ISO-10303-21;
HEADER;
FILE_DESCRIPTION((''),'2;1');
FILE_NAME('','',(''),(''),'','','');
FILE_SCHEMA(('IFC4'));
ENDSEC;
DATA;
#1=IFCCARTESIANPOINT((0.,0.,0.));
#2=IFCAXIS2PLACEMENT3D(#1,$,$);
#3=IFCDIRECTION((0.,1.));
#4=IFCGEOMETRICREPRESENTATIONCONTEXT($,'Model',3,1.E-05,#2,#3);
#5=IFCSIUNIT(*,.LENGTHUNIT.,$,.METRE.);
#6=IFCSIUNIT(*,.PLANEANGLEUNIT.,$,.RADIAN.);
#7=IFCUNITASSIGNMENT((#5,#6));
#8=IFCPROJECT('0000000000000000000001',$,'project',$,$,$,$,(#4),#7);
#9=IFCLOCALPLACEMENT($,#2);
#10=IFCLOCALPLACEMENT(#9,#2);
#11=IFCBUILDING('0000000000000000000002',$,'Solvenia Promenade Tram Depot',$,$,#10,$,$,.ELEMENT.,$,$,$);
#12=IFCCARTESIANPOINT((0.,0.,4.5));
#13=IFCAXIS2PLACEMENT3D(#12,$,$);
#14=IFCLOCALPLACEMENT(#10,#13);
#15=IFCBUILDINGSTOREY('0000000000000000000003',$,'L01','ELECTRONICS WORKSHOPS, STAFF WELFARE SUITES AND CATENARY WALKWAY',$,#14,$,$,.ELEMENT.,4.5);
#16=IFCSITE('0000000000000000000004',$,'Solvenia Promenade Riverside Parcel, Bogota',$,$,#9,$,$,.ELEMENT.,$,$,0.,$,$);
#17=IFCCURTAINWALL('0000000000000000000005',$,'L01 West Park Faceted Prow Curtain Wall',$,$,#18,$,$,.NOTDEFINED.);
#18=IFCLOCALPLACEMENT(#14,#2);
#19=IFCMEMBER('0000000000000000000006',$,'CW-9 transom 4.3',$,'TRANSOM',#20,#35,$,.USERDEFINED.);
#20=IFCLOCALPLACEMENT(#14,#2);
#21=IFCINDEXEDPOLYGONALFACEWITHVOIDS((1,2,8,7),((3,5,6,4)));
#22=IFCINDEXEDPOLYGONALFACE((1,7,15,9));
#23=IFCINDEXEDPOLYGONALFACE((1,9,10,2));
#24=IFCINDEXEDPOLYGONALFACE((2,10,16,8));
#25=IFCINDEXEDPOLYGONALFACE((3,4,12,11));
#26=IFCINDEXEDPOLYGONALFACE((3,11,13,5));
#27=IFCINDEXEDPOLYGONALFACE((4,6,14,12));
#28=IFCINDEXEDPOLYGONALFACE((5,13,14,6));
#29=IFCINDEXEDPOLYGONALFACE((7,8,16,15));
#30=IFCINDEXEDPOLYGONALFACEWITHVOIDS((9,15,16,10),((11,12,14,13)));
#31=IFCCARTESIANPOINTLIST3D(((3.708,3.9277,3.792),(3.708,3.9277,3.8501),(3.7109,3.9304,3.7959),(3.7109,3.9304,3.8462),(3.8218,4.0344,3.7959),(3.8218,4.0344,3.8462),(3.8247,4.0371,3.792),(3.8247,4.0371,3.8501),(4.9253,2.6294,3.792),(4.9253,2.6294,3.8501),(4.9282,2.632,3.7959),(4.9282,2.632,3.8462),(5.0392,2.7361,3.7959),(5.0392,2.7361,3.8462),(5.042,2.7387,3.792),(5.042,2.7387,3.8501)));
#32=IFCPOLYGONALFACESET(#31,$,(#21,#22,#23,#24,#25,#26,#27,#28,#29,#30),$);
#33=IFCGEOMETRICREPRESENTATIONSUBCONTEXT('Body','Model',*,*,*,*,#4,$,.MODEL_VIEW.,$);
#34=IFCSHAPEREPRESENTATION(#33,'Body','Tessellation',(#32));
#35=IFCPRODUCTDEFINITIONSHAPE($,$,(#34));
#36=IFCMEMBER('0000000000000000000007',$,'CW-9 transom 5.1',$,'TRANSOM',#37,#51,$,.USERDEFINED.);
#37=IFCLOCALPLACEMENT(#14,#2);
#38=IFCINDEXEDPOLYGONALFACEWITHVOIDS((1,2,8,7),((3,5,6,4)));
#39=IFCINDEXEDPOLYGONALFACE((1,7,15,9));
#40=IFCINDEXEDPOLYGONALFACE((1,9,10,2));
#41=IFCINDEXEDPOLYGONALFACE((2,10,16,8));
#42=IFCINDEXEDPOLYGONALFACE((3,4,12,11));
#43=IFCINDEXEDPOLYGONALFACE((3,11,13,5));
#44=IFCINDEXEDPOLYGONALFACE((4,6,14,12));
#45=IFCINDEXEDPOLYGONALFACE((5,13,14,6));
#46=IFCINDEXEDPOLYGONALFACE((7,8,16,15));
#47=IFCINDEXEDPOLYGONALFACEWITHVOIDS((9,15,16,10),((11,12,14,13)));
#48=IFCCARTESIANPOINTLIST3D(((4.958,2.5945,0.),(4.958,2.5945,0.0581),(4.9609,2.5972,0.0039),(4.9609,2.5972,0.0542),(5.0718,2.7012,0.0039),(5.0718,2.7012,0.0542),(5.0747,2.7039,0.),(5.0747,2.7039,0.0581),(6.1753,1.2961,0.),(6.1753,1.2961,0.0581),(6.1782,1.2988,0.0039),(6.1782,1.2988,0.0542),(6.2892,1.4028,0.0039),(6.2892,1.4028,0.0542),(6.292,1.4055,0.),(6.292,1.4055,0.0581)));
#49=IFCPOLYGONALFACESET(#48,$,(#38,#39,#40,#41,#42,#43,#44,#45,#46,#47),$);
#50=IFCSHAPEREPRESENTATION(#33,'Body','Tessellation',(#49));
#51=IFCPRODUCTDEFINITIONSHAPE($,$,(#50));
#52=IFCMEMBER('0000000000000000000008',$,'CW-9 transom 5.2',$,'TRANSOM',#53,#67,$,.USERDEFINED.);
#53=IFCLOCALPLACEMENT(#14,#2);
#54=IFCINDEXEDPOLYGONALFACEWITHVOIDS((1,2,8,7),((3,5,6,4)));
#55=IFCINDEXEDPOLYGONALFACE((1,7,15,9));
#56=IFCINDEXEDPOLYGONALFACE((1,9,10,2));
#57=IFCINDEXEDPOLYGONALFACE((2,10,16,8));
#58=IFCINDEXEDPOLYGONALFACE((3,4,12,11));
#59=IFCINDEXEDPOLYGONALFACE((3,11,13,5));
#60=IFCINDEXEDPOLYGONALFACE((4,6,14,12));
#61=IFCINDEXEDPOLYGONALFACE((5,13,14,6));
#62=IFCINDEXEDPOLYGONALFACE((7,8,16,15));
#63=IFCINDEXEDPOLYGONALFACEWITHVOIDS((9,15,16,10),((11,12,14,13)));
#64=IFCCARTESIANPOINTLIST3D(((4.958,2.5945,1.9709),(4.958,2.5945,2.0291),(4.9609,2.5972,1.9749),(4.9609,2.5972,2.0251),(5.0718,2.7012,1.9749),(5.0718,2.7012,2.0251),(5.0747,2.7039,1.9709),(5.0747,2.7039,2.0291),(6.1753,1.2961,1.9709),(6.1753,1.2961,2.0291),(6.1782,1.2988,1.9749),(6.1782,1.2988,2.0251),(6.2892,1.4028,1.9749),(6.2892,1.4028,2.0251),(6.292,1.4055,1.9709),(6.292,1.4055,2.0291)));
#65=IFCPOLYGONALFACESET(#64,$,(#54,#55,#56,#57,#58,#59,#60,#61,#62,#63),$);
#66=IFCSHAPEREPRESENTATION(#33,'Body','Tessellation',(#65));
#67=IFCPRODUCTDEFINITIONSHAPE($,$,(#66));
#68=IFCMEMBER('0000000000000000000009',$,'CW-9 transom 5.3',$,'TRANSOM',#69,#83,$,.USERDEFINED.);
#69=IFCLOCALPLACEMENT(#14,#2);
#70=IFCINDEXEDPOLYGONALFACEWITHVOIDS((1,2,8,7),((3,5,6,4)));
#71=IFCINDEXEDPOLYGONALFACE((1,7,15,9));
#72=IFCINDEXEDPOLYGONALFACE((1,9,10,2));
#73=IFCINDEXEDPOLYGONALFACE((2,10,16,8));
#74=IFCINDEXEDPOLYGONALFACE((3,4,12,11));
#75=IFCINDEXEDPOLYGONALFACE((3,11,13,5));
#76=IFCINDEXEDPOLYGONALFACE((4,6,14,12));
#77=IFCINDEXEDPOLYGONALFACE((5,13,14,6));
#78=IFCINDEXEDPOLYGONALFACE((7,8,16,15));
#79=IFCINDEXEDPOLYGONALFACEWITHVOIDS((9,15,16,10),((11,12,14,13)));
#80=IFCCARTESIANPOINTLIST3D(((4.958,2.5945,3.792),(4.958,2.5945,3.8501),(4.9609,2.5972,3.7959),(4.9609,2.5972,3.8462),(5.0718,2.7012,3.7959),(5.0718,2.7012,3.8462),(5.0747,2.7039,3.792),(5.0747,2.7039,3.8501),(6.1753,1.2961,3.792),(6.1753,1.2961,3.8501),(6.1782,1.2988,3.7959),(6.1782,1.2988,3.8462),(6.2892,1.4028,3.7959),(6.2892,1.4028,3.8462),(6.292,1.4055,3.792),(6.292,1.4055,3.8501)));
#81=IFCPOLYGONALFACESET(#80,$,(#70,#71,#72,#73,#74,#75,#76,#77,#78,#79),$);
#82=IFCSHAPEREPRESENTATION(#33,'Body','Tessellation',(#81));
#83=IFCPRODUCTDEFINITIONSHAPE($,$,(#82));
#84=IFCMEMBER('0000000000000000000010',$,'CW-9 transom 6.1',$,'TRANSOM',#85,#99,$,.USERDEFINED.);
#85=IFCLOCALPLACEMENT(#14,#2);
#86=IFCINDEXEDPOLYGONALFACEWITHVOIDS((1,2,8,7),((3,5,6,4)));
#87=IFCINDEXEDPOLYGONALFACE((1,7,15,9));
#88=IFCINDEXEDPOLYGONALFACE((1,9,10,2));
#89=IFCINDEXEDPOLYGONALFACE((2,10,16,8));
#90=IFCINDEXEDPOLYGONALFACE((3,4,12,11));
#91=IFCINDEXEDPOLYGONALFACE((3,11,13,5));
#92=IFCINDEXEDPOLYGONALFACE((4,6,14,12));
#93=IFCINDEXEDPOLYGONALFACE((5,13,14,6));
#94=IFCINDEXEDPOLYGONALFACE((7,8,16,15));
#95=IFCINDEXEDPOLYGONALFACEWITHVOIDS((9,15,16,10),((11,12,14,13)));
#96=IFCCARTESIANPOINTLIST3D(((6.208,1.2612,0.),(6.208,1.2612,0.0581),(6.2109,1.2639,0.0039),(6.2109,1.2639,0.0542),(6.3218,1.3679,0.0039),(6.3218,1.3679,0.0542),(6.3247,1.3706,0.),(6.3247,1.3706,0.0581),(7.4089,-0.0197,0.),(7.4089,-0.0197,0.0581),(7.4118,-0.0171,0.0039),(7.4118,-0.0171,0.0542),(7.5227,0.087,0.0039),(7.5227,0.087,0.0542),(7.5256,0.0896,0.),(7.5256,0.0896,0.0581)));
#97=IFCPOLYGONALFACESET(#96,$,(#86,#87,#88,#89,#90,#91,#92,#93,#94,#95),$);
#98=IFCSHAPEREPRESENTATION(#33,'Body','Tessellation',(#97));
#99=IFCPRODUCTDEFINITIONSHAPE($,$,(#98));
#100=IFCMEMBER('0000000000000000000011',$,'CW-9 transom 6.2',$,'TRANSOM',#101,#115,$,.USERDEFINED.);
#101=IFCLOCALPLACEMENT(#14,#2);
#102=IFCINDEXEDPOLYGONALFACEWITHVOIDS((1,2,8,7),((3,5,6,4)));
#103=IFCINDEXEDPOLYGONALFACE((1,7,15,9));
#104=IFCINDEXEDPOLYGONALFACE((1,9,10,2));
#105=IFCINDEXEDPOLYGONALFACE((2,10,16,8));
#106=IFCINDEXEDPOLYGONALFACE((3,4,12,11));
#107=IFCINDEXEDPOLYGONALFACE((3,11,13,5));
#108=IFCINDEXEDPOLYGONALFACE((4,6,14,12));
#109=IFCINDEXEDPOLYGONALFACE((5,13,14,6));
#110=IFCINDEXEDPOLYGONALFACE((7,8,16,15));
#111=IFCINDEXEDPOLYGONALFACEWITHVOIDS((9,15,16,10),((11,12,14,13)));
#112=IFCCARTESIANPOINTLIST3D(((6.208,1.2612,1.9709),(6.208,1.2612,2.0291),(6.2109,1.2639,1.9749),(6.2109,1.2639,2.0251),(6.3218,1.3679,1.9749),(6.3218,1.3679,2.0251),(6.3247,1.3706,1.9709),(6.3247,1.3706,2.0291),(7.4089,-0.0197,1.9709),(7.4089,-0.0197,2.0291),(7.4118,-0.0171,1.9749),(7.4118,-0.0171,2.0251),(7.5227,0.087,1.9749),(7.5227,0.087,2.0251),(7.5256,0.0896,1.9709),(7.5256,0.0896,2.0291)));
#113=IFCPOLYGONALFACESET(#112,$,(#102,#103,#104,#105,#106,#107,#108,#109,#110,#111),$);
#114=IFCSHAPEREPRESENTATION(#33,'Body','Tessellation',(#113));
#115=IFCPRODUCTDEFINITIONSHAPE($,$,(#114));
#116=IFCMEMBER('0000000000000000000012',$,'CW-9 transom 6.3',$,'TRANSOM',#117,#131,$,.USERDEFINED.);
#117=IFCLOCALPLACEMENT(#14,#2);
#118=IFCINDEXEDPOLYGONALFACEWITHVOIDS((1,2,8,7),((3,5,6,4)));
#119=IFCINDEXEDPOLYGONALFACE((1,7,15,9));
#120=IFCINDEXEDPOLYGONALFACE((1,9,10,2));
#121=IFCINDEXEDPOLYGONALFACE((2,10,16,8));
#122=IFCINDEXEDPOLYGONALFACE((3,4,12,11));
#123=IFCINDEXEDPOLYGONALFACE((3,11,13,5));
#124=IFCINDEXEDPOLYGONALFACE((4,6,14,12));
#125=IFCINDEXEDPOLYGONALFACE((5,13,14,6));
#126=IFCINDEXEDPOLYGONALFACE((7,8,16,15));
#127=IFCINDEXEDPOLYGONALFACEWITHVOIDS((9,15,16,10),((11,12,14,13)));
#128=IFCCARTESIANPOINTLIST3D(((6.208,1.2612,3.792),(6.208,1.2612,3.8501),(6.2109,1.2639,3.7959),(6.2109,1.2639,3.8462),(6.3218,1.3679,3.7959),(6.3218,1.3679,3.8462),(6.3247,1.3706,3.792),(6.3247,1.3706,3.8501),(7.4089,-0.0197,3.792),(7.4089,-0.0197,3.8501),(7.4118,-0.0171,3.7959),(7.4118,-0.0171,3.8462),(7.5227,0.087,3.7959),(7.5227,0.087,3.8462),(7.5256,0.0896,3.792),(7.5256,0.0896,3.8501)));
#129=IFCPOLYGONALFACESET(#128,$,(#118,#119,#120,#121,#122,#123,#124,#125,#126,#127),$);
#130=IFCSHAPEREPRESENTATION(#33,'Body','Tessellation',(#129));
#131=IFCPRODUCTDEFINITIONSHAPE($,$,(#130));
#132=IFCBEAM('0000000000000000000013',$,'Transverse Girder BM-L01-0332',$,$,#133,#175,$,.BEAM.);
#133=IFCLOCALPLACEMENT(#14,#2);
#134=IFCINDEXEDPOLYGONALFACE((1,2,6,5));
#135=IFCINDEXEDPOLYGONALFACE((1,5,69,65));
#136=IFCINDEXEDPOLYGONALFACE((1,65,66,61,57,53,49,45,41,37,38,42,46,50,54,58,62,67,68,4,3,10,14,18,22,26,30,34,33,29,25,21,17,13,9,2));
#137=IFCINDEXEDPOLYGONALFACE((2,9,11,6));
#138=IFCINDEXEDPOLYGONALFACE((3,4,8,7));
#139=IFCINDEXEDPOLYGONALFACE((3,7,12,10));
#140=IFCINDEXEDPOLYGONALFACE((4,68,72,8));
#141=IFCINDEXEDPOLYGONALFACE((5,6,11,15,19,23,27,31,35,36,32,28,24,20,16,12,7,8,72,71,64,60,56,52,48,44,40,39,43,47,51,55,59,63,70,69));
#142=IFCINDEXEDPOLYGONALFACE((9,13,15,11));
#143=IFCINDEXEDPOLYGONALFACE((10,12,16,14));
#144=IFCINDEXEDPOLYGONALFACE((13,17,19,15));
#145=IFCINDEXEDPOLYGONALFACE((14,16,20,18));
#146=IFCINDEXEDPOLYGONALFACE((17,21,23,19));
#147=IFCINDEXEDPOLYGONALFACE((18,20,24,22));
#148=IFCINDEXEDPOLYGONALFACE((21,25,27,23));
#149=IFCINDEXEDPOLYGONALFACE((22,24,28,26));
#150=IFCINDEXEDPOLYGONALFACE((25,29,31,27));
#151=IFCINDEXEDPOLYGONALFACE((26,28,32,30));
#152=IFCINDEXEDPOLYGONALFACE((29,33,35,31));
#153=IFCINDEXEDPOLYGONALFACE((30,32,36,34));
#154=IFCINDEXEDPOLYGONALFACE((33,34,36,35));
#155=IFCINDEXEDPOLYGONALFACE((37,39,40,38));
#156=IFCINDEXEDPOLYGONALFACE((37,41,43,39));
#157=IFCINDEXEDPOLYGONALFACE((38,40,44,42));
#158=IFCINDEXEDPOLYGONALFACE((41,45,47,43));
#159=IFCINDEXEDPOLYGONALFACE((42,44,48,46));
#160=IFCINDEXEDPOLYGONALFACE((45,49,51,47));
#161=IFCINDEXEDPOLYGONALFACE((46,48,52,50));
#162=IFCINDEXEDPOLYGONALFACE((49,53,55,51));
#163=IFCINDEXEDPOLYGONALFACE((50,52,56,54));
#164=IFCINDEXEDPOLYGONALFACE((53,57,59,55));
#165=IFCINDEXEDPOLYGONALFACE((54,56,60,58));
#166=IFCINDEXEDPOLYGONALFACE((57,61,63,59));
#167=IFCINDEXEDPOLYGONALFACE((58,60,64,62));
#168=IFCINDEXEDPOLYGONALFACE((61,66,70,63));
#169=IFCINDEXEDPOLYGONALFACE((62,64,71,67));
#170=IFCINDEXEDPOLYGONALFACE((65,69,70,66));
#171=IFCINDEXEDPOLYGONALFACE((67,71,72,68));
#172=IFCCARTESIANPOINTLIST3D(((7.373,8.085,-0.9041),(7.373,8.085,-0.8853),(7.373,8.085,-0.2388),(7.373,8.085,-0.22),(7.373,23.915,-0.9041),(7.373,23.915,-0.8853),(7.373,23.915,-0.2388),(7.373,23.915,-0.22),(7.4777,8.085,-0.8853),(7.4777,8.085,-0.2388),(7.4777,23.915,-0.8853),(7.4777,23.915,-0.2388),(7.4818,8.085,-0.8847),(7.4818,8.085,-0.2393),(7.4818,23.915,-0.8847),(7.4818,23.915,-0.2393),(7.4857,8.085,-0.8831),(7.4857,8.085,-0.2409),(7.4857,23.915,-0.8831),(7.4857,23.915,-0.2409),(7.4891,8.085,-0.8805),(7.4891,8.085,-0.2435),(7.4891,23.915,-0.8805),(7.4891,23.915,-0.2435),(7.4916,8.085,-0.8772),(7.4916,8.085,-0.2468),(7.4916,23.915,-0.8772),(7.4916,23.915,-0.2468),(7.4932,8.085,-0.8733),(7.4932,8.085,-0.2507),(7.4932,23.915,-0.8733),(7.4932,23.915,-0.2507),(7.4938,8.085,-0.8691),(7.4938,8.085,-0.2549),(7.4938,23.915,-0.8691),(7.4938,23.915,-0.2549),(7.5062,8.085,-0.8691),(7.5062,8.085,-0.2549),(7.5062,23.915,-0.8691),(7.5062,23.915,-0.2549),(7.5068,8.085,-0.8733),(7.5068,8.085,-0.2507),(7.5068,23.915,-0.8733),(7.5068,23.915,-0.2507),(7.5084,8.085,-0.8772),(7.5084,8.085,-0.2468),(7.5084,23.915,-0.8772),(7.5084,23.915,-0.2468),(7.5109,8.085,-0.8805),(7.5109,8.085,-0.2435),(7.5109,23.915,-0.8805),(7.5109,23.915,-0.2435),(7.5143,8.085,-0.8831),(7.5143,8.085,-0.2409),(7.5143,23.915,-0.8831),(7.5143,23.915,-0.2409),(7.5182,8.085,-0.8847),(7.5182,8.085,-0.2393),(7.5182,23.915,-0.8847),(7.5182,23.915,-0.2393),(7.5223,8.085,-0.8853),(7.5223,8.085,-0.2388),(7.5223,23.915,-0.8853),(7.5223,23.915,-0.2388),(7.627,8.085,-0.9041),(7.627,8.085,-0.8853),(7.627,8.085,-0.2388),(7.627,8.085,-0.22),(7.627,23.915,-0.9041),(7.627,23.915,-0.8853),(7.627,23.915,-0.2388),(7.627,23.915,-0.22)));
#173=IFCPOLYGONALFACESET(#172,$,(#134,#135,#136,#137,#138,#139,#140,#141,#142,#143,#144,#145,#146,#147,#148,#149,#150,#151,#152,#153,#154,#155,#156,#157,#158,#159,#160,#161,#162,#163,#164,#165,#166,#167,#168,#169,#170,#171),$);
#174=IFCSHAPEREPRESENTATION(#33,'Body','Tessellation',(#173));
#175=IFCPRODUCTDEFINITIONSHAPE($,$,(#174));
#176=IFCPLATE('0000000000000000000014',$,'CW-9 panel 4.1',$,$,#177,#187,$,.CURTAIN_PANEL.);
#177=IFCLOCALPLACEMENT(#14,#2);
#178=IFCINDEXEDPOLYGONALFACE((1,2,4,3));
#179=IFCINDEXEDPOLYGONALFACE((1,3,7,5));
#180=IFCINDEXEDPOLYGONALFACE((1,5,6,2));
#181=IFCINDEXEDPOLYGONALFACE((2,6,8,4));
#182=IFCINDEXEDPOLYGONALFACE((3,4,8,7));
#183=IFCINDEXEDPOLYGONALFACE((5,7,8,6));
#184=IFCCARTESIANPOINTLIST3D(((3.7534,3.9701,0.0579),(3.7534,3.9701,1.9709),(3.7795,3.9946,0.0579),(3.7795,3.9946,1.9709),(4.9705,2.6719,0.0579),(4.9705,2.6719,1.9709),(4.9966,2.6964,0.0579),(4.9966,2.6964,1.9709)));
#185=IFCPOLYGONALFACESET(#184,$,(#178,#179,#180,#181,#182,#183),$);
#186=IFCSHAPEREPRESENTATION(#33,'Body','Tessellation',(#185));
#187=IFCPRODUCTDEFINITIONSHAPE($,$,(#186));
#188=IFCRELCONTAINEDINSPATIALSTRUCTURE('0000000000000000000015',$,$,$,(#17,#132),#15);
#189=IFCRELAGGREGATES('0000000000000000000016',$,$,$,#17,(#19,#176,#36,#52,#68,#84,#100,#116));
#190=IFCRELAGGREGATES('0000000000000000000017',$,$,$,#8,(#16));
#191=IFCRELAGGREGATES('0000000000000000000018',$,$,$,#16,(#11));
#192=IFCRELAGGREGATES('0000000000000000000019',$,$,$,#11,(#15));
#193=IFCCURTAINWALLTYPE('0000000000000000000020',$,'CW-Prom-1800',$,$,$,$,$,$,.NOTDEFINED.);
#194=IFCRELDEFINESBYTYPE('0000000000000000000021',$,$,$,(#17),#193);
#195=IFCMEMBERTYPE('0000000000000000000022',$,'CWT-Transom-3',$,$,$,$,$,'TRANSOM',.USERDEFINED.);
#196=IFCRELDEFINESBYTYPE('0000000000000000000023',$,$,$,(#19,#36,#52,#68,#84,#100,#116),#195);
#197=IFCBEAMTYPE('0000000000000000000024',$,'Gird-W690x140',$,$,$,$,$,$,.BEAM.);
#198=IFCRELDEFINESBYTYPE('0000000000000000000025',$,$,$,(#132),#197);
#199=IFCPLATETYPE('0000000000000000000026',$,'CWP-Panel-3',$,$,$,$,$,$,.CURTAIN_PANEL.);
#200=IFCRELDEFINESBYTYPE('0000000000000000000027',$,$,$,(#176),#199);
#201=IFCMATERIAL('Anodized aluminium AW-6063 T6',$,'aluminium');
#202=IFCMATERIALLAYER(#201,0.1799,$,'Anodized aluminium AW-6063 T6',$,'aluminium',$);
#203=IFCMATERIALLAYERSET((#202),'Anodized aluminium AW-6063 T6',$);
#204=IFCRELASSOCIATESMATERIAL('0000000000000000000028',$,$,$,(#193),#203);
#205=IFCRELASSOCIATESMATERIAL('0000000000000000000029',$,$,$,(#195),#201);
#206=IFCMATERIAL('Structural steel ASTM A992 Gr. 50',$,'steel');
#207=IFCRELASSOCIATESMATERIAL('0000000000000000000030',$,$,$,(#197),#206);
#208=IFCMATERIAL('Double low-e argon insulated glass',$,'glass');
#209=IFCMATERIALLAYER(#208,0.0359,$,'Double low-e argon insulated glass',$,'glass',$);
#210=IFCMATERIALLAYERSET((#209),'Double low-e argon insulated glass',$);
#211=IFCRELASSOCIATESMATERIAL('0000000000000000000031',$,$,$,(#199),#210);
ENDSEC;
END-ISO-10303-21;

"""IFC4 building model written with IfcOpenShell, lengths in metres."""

from ifc_helpers import new_model, si_unit, direction, frame, origin, origin_2d, place, context, subcontext, project, spatial, rectangle, hollow_rectangle, i_section, extrude, material, layer, layer_set, material_profile, profile_set, type_object, element, aggregate, save


model = new_model("IFC4")

# Units and contexts
model_context = context("Model", 3, precision=1e-05, world=origin(), true_north=direction((0.0, 1.0)))
body_context = subcontext(model_context, "Body", "Model", "MODEL_VIEW")
ifc_project = project(units=[si_unit("LENGTHUNIT", "METRE"), si_unit("PLANEANGLEUNIT", "RADIAN")], contexts=[model_context])

# Site, building, storey
site_placement = place(None, origin())
site = spatial("IfcSite", under=ifc_project, at=site_placement, Name="Solvenia Promenade Riverside Parcel, Bogota", CompositionType="ELEMENT", RefElevation=0.0)
building_placement = place(site_placement, origin())
building = spatial("IfcBuilding", under=site, at=building_placement, Name="Solvenia Promenade Tram Depot", CompositionType="ELEMENT")
storey_placement = place(building_placement, frame((0.0, 0.0, 4.5)))
storey = spatial("IfcBuildingStorey", under=building, at=storey_placement, Name="L01", Description="ELECTRONICS WORKSHOPS, STAFF WELFARE SUITES AND CATENARY WALKWAY", CompositionType="ELEMENT", Elevation=4.5)

# Shared definitions
ifc_material_1 = material(Name="Structural steel ASTM A992 Gr. 50", Category="steel")

# Curtain wall, members
ifc_material_2 = material(Name="Anodized aluminium AW-6063 T6", Category="aluminium")
ifc_layer_1 = layer(ifc_material_2, 0.1799, Name="Anodized aluminium AW-6063 T6", Category="aluminium")
ifc_layer_set_1 = layer_set([ifc_layer_1], Name="Anodized aluminium AW-6063 T6")
curtain_wall_type = type_object("IfcCurtainWallType", Name="CW-Prom-1800", PredefinedType="NOTDEFINED", material=ifc_layer_set_1)
curtain_wall_placement = place(storey_placement, origin())
curtain_wall = element("IfcCurtainWall", 1, at=curtain_wall_placement, inside=storey, type_object=curtain_wall_type, Name="L01 West Park Faceted Prow Curtain Wall", PredefinedType="NOTDEFINED")
ifc_material_profile_1 = material_profile(ifc_material_2, hollow_rectangle(XDim=0.1599, YDim=0.0581, WallThickness=0.0039, at=origin_2d()), Name="ALU-T3", Category="aluminium")
ifc_profile_set_1 = profile_set([ifc_material_profile_1], Name="Anodized aluminium AW-6063 T6")
member_type_1 = type_object("IfcMemberType", Name="CWT-Transom-3", ElementType="TRANSOM", PredefinedType="USERDEFINED", material=ifc_profile_set_1)
member_1_placement = place(storey_placement, frame((3.7664, 3.9824, 3.821), z_axis=(0.683969, -0.729512, 0.0), x_axis=(0.729512, 0.683969, 0.0)))
member_1 = element("IfcMember", 2, at=member_1_placement, type_object=member_type_1, Name="CW-9 transom 4.3", ObjectType="TRANSOM", PredefinedType="USERDEFINED", context=body_context, shape_type="SweptSolid", body=[
    extrude(hollow_rectangle(XDim=0.1599, YDim=0.0581, WallThickness=0.0039, at=origin_2d()), origin(), (0.0, 0.0, 1.0), 1.7798),
])
member_2_placement = place(storey_placement, frame((5.0164, 2.6492, 0.0291), z_axis=(0.683969, -0.729512, 0.0), x_axis=(0.729512, 0.683969, 0.0)))
member_2 = element("IfcMember", 3, at=member_2_placement, type_object=member_type_1, Name="CW-9 transom 5.1", ObjectType="TRANSOM", PredefinedType="USERDEFINED", context=body_context, shape_type="SweptSolid", body=[
    extrude(hollow_rectangle(XDim=0.1599, YDim=0.0581, WallThickness=0.0039, at=origin_2d()), origin(), (0.0, 0.0, 1.0), 1.7798),
])
member_3_placement = place(storey_placement, frame((5.0164, 2.6492, 2.0), z_axis=(0.683969, -0.729512, 0.0), x_axis=(0.729512, 0.683969, 0.0)))
member_3 = element("IfcMember", 4, at=member_3_placement, type_object=member_type_1, Name="CW-9 transom 5.2", ObjectType="TRANSOM", PredefinedType="USERDEFINED", context=body_context, shape_type="SweptSolid", body=[
    extrude(hollow_rectangle(XDim=0.1599, YDim=0.0581, WallThickness=0.0039, at=origin_2d()), origin(), (0.0, 0.0, 1.0), 1.7798),
])
member_4_placement = place(storey_placement, frame((5.0164, 2.6492, 3.821), z_axis=(0.683969, -0.729512, 0.0), x_axis=(0.729512, 0.683969, 0.0)))
member_4 = element("IfcMember", 5, at=member_4_placement, type_object=member_type_1, Name="CW-9 transom 5.3", ObjectType="TRANSOM", PredefinedType="USERDEFINED", context=body_context, shape_type="SweptSolid", body=[
    extrude(hollow_rectangle(XDim=0.1599, YDim=0.0581, WallThickness=0.0039, at=origin_2d()), origin(), (0.0, 0.0, 1.0), 1.7798),
])
member_5_placement = place(storey_placement, frame((6.2664, 1.3159, 0.0291), z_axis=(0.683937, -0.729542, 0.0), x_axis=(0.729542, 0.683937, 0.0)))
member_5 = element("IfcMember", 6, at=member_5_placement, type_object=member_type_1, Name="CW-9 transom 6.1", ObjectType="TRANSOM", PredefinedType="USERDEFINED", context=body_context, shape_type="SweptSolid", body=[
    extrude(hollow_rectangle(XDim=0.1599, YDim=0.0581, WallThickness=0.0039, at=origin_2d()), origin(), (0.0, 0.0, 1.0), 1.7559),
])
member_6_placement = place(storey_placement, frame((6.2664, 1.3159, 2.0), z_axis=(0.683937, -0.729542, 0.0), x_axis=(0.729542, 0.683937, 0.0)))
member_6 = element("IfcMember", 7, at=member_6_placement, type_object=member_type_1, Name="CW-9 transom 6.2", ObjectType="TRANSOM", PredefinedType="USERDEFINED", context=body_context, shape_type="SweptSolid", body=[
    extrude(hollow_rectangle(XDim=0.1599, YDim=0.0581, WallThickness=0.0039, at=origin_2d()), origin(), (0.0, 0.0, 1.0), 1.7559),
])
member_7_placement = place(storey_placement, frame((6.2664, 1.3159, 3.821), z_axis=(0.683937, -0.729542, 0.0), x_axis=(0.729542, 0.683937, 0.0)))
member_7 = element("IfcMember", 8, at=member_7_placement, type_object=member_type_1, Name="CW-9 transom 6.3", ObjectType="TRANSOM", PredefinedType="USERDEFINED", context=body_context, shape_type="SweptSolid", body=[
    extrude(hollow_rectangle(XDim=0.1599, YDim=0.0581, WallThickness=0.0039, at=origin_2d()), origin(), (0.0, 0.0, 1.0), 1.7559),
])

# Beam
ifc_material_profile_2 = material_profile(ifc_material_1, i_section(OverallWidth=0.2539, OverallDepth=0.6841, WebThickness=0.0125, FlangeThickness=0.0188, FilletRadius=0.0161, at=origin_2d()), Name="W690x140", Category="steel")
ifc_profile_set_2 = profile_set([ifc_material_profile_2], Name="Structural steel ASTM A992 Gr. 50")
beam_type_1 = type_object("IfcBeamType", Name="Gird-W690x140", PredefinedType="BEAM", material=ifc_profile_set_2)
beam_1_placement = place(storey_placement, frame((7.5, 8.085, -0.562), z_axis=(0.0, 1.0, 0.0), x_axis=(-1.0, 0.0, 0.0)))
element("IfcBeam", 9, at=beam_1_placement, inside=storey, type_object=beam_type_1, Name="Transverse Girder BM-L01-0332", PredefinedType="BEAM", context=body_context, shape_type="SweptSolid", body=[
    extrude(i_section(OverallWidth=0.2539, OverallDepth=0.6841, WebThickness=0.0125, FlangeThickness=0.0188, FilletRadius=0.0161, at=origin_2d()), origin(), (0.0, 0.0, 1.0), 15.8301),
])

# Plate
ifc_material_3 = material(Name="Double low-e argon insulated glass", Category="glass")
ifc_layer_2 = layer(ifc_material_3, 0.0359, Name="Double low-e argon insulated glass", Category="glass")
ifc_layer_set_2 = layer_set([ifc_layer_2], Name="Double low-e argon insulated glass")
plate_type = type_object("IfcPlateType", Name="CWP-Panel-3", PredefinedType="CURTAIN_PANEL", material=ifc_layer_set_2)
plate_1_placement = place(storey_placement, frame((4.375, 3.3333, 0.0579), z_axis=(0.0, 0.0, 1.0), x_axis=(0.683941, -0.729537, 0.0)))
plate_1 = element("IfcPlate", 10, at=plate_1_placement, type_object=plate_type, Name="CW-9 panel 4.1", PredefinedType="CURTAIN_PANEL", context=body_context, shape_type="SweptSolid", body=[
    extrude(rectangle(XDim=1.7795, YDim=0.0359, at=origin_2d()), origin(), (0.0, 0.0, 1.0), 1.9131),
])
aggregate(curtain_wall, [member_1, plate_1, member_2, member_3, member_4, member_5, member_6, member_7])

save(model, "model.ifc")
